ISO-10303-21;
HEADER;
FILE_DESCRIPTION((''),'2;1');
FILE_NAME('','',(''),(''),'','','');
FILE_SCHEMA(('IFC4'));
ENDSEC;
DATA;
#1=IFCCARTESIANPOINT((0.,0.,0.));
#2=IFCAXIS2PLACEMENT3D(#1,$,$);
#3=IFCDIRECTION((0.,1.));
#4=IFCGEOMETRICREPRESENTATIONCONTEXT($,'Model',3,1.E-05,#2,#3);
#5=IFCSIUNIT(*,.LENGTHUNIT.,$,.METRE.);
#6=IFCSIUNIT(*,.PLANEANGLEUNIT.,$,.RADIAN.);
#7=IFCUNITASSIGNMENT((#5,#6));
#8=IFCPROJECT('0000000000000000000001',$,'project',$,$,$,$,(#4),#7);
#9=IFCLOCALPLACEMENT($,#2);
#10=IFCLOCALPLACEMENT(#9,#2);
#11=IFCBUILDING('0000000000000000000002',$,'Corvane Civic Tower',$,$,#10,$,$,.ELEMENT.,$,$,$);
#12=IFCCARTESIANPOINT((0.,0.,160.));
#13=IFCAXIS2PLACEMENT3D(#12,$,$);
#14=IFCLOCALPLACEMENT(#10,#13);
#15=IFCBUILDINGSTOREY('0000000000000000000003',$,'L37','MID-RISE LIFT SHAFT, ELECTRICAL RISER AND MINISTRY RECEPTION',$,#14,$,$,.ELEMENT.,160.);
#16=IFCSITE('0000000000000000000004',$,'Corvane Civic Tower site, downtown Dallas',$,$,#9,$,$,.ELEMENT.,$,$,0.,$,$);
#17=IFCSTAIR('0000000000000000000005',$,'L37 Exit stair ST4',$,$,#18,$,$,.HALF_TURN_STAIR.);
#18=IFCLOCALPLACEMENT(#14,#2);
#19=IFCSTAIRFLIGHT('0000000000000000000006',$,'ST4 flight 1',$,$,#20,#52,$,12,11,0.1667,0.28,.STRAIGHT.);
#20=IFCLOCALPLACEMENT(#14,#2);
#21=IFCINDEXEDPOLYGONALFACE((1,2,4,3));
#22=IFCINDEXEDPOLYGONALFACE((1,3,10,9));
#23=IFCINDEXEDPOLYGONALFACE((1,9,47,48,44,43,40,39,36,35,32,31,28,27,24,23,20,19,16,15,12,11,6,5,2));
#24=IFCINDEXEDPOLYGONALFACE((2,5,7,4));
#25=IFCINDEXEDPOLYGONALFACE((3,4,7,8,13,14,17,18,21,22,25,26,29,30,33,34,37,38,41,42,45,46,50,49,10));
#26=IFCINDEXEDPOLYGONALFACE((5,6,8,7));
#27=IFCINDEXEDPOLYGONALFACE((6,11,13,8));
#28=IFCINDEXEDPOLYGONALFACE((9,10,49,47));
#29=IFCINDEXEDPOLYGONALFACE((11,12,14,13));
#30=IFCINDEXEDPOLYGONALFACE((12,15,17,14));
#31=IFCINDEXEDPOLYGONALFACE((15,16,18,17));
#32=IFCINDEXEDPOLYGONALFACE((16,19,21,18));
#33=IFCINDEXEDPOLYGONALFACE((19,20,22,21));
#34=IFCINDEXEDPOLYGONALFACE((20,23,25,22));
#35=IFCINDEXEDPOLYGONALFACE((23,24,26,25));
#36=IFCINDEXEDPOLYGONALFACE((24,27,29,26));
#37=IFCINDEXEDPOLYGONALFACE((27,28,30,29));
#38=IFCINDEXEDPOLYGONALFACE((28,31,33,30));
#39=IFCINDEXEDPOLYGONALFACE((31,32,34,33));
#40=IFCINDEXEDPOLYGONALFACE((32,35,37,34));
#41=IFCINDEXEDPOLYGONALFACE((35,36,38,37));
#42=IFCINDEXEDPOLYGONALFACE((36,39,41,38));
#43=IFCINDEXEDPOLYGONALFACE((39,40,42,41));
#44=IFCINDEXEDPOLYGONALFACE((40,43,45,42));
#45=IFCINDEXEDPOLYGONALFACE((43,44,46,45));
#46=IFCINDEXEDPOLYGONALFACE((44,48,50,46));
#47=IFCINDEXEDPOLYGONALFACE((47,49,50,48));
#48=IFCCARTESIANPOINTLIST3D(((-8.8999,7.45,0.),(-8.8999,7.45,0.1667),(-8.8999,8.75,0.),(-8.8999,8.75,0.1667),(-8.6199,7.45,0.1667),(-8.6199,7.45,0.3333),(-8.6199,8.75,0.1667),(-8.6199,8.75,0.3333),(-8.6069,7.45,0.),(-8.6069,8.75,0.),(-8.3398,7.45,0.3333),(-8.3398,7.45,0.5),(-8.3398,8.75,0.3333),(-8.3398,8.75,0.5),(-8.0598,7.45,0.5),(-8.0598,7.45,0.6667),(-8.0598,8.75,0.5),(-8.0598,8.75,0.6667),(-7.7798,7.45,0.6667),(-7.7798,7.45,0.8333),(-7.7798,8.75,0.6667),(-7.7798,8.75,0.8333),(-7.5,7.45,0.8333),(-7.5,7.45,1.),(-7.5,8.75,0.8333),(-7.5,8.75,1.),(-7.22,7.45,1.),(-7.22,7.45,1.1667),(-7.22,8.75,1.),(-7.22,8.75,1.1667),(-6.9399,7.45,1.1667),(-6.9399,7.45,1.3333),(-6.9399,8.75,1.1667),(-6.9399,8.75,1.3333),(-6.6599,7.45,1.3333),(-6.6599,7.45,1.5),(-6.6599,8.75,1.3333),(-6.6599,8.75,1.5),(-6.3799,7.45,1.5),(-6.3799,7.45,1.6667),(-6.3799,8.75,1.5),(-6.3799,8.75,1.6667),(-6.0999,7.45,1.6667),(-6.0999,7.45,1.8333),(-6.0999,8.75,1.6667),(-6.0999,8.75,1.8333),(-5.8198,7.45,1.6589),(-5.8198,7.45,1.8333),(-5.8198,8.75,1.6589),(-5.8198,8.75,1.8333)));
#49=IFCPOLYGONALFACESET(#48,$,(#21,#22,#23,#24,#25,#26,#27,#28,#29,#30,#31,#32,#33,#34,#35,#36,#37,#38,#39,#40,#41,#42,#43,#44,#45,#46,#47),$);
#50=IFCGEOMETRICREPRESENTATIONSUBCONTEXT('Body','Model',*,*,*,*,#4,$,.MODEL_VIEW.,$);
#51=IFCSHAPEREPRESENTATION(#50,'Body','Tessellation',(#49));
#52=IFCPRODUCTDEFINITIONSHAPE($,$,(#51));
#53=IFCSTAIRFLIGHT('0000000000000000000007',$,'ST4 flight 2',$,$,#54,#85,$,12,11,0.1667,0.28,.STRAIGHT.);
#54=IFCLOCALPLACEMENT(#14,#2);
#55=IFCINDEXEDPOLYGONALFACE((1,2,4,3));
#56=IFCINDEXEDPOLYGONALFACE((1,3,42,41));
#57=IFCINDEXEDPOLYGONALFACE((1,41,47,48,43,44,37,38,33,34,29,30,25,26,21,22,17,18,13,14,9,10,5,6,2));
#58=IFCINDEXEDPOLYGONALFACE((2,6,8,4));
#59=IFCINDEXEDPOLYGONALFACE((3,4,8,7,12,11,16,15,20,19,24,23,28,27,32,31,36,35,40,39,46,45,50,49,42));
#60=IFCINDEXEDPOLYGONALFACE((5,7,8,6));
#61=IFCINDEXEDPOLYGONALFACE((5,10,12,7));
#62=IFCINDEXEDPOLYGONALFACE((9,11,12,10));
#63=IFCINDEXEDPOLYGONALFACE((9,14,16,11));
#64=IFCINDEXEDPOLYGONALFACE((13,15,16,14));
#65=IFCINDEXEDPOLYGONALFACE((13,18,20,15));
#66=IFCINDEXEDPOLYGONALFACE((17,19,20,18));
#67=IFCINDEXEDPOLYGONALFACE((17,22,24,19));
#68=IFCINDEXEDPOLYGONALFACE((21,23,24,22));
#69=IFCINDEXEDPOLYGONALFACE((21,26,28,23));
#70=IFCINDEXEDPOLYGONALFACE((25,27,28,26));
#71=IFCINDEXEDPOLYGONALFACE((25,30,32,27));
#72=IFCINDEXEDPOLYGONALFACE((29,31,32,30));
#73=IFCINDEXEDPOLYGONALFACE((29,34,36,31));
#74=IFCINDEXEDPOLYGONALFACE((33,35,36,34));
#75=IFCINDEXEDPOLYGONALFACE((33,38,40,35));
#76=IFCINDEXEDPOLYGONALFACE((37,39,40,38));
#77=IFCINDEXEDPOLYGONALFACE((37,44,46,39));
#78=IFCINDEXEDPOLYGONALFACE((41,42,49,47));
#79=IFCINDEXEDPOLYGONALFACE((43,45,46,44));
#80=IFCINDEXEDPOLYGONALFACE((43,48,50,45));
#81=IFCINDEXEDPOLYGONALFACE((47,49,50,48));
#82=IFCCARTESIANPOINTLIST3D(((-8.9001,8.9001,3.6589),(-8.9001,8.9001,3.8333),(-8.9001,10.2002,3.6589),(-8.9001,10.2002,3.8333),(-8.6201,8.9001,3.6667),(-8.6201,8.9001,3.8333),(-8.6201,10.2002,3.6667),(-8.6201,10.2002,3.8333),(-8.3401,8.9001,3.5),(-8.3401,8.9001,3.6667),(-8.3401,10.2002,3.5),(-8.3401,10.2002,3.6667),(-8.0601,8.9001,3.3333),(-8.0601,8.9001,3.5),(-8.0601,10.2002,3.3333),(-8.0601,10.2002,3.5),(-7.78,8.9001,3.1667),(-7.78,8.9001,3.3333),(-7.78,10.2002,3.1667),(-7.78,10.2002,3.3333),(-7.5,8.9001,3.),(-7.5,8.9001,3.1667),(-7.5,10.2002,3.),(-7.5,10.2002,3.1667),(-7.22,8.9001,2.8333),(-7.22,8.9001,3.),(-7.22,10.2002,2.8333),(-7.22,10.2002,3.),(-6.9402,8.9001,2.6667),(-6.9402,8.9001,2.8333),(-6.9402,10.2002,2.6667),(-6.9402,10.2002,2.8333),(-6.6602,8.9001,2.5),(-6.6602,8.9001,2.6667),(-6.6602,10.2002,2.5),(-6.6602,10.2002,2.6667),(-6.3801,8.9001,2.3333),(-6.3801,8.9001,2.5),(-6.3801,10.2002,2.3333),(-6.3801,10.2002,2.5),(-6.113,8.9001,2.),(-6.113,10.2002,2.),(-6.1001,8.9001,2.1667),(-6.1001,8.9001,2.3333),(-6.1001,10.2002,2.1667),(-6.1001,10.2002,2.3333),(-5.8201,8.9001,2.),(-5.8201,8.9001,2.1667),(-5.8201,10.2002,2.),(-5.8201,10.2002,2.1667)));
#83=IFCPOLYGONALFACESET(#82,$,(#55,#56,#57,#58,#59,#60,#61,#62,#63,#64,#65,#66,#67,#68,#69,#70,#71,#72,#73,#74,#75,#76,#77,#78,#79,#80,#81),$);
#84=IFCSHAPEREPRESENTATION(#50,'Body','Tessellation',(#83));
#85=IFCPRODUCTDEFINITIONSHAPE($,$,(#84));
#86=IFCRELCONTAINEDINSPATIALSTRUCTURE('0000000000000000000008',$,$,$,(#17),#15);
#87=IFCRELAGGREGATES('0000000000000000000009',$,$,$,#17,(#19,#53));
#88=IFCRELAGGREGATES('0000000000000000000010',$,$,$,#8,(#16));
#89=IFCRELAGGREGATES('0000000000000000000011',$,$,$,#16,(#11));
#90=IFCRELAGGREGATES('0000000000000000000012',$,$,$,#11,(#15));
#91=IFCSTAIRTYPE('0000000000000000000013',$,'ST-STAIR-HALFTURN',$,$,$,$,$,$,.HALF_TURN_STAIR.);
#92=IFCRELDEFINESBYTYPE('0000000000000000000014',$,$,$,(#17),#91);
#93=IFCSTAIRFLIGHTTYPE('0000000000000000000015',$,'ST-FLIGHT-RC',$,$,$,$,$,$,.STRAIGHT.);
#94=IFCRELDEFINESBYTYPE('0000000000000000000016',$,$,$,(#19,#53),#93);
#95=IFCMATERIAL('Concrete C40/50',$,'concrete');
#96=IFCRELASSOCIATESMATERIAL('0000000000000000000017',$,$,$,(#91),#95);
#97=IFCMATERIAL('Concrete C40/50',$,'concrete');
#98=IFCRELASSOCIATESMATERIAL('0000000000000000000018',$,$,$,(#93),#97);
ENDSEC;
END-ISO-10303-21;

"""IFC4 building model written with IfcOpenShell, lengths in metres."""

from ifc_helpers import new_model, si_unit, direction, frame, origin, place, context, subcontext, project, spatial, polyline, outline, extrude, material, type_object, element, aggregate, save


model = new_model("IFC4")

# Units and contexts
model_context = context("Model", 3, precision=1e-05, world=origin(), true_north=direction((0.0, 1.0)))
body_context = subcontext(model_context, "Body", "Model", "MODEL_VIEW")
ifc_project = project(units=[si_unit("LENGTHUNIT", "METRE"), si_unit("PLANEANGLEUNIT", "RADIAN")], contexts=[model_context])

# Site, building, storey
site_placement = place(None, origin())
site = spatial("IfcSite", under=ifc_project, at=site_placement, Name="Corvane Civic Tower site, downtown Dallas", CompositionType="ELEMENT", RefElevation=0.0)
building_placement = place(site_placement, origin())
building = spatial("IfcBuilding", under=site, at=building_placement, Name="Corvane Civic Tower", CompositionType="ELEMENT")
storey_placement = place(building_placement, frame((0.0, 0.0, 160.0)))
storey = spatial("IfcBuildingStorey", under=building, at=storey_placement, Name="L37", Description="MID-RISE LIFT SHAFT, ELECTRICAL RISER AND MINISTRY RECEPTION", CompositionType="ELEMENT", Elevation=160.0)

# Stair, stair flights
ifc_material_1 = material(Name="Concrete C40/50", Category="concrete")
stair_type = type_object("IfcStairType", Name="ST-STAIR-HALFTURN", PredefinedType="HALF_TURN_STAIR", material=ifc_material_1)
stair_placement = place(storey_placement, origin())
stair = element("IfcStair", 1, at=stair_placement, inside=storey, type_object=stair_type, Name="L37 Exit stair ST4", PredefinedType="HALF_TURN_STAIR")
ifc_material_2 = material(Name="Concrete C40/50", Category="concrete")
stair_flight_type = type_object("IfcStairFlightType", Name="ST-FLIGHT-RC", PredefinedType="STRAIGHT", material=ifc_material_2)
stair_flight_1_placement = place(storey_placement, frame((-8.8999, 8.1001, 0.0), z_axis=(0.0, 0.0, 1.0), x_axis=(1.0, 0.0, 0.0)))
stair_flight_1 = element("IfcStairFlight", 2, at=stair_flight_1_placement, type_object=stair_flight_type, Name="ST4 flight 1", NumberOfRisers=12, NumberOfTreads=11, PredefinedType="STRAIGHT", RiserHeight=0.1667, TreadLength=0.28, context=body_context, shape_type="SweptSolid", body=[
    extrude(outline(polyline([(0.0, 0.0), (0.0, 0.1667), (0.28, 0.1667), (0.28, 0.3333), (0.5601, 0.3333), (0.5601, 0.5), (0.8401, 0.5), (0.8401, 0.6667), (1.1201, 0.6667), (1.1201, 0.8333), (1.3999, 0.8333), (1.3999, 1.0), (1.6799, 1.0), (1.6799, 1.1667), (1.96, 1.1667), (1.96, 1.3333), (2.24, 1.3333), (2.24, 1.5), (2.52, 1.5), (2.52, 1.6667), (2.8, 1.6667), (2.8, 1.8333), (3.0801, 1.8333), (3.0801, 2.0), (3.0801, 1.6589), (0.293, 0.0), (0.0, 0.0)])), frame((0.0, 0.6499, 0.0), z_axis=(0.0, -1.0, 0.0), x_axis=(1.0, 0.0, 0.0)), (0.0, 0.0, 1.0), 1.3),
])
stair_flight_2_placement = place(storey_placement, frame((-5.8201, 9.55, 2.0), z_axis=(0.0, 0.0, 1.0), x_axis=(-1.0, 0.0, 0.0)))
stair_flight_2 = element("IfcStairFlight", 3, at=stair_flight_2_placement, type_object=stair_flight_type, Name="ST4 flight 2", NumberOfRisers=12, NumberOfTreads=11, PredefinedType="STRAIGHT", RiserHeight=0.1667, TreadLength=0.28, context=body_context, shape_type="SweptSolid", body=[
    extrude(outline(polyline([(0.0, 0.0), (0.0, 0.1667), (0.28, 0.1667), (0.28, 0.3333), (0.5601, 0.3333), (0.5601, 0.5), (0.8401, 0.5), (0.8401, 0.6667), (1.1201, 0.6667), (1.1201, 0.8333), (1.3999, 0.8333), (1.3999, 1.0), (1.6799, 1.0), (1.6799, 1.1667), (1.96, 1.1667), (1.96, 1.3333), (2.24, 1.3333), (2.24, 1.5), (2.52, 1.5), (2.52, 1.6667), (2.8, 1.6667), (2.8, 1.8333), (3.0801, 1.8333), (3.0801, 2.0), (3.0801, 1.6589), (0.293, 0.0), (0.0, 0.0)])), frame((0.0, 0.6499, 0.0), z_axis=(0.0, -1.0, 0.0), x_axis=(1.0, 0.0, 0.0)), (0.0, 0.0, 1.0), 1.3),
])
aggregate(stair, [stair_flight_1, stair_flight_2])

save(model, "model.ifc")
